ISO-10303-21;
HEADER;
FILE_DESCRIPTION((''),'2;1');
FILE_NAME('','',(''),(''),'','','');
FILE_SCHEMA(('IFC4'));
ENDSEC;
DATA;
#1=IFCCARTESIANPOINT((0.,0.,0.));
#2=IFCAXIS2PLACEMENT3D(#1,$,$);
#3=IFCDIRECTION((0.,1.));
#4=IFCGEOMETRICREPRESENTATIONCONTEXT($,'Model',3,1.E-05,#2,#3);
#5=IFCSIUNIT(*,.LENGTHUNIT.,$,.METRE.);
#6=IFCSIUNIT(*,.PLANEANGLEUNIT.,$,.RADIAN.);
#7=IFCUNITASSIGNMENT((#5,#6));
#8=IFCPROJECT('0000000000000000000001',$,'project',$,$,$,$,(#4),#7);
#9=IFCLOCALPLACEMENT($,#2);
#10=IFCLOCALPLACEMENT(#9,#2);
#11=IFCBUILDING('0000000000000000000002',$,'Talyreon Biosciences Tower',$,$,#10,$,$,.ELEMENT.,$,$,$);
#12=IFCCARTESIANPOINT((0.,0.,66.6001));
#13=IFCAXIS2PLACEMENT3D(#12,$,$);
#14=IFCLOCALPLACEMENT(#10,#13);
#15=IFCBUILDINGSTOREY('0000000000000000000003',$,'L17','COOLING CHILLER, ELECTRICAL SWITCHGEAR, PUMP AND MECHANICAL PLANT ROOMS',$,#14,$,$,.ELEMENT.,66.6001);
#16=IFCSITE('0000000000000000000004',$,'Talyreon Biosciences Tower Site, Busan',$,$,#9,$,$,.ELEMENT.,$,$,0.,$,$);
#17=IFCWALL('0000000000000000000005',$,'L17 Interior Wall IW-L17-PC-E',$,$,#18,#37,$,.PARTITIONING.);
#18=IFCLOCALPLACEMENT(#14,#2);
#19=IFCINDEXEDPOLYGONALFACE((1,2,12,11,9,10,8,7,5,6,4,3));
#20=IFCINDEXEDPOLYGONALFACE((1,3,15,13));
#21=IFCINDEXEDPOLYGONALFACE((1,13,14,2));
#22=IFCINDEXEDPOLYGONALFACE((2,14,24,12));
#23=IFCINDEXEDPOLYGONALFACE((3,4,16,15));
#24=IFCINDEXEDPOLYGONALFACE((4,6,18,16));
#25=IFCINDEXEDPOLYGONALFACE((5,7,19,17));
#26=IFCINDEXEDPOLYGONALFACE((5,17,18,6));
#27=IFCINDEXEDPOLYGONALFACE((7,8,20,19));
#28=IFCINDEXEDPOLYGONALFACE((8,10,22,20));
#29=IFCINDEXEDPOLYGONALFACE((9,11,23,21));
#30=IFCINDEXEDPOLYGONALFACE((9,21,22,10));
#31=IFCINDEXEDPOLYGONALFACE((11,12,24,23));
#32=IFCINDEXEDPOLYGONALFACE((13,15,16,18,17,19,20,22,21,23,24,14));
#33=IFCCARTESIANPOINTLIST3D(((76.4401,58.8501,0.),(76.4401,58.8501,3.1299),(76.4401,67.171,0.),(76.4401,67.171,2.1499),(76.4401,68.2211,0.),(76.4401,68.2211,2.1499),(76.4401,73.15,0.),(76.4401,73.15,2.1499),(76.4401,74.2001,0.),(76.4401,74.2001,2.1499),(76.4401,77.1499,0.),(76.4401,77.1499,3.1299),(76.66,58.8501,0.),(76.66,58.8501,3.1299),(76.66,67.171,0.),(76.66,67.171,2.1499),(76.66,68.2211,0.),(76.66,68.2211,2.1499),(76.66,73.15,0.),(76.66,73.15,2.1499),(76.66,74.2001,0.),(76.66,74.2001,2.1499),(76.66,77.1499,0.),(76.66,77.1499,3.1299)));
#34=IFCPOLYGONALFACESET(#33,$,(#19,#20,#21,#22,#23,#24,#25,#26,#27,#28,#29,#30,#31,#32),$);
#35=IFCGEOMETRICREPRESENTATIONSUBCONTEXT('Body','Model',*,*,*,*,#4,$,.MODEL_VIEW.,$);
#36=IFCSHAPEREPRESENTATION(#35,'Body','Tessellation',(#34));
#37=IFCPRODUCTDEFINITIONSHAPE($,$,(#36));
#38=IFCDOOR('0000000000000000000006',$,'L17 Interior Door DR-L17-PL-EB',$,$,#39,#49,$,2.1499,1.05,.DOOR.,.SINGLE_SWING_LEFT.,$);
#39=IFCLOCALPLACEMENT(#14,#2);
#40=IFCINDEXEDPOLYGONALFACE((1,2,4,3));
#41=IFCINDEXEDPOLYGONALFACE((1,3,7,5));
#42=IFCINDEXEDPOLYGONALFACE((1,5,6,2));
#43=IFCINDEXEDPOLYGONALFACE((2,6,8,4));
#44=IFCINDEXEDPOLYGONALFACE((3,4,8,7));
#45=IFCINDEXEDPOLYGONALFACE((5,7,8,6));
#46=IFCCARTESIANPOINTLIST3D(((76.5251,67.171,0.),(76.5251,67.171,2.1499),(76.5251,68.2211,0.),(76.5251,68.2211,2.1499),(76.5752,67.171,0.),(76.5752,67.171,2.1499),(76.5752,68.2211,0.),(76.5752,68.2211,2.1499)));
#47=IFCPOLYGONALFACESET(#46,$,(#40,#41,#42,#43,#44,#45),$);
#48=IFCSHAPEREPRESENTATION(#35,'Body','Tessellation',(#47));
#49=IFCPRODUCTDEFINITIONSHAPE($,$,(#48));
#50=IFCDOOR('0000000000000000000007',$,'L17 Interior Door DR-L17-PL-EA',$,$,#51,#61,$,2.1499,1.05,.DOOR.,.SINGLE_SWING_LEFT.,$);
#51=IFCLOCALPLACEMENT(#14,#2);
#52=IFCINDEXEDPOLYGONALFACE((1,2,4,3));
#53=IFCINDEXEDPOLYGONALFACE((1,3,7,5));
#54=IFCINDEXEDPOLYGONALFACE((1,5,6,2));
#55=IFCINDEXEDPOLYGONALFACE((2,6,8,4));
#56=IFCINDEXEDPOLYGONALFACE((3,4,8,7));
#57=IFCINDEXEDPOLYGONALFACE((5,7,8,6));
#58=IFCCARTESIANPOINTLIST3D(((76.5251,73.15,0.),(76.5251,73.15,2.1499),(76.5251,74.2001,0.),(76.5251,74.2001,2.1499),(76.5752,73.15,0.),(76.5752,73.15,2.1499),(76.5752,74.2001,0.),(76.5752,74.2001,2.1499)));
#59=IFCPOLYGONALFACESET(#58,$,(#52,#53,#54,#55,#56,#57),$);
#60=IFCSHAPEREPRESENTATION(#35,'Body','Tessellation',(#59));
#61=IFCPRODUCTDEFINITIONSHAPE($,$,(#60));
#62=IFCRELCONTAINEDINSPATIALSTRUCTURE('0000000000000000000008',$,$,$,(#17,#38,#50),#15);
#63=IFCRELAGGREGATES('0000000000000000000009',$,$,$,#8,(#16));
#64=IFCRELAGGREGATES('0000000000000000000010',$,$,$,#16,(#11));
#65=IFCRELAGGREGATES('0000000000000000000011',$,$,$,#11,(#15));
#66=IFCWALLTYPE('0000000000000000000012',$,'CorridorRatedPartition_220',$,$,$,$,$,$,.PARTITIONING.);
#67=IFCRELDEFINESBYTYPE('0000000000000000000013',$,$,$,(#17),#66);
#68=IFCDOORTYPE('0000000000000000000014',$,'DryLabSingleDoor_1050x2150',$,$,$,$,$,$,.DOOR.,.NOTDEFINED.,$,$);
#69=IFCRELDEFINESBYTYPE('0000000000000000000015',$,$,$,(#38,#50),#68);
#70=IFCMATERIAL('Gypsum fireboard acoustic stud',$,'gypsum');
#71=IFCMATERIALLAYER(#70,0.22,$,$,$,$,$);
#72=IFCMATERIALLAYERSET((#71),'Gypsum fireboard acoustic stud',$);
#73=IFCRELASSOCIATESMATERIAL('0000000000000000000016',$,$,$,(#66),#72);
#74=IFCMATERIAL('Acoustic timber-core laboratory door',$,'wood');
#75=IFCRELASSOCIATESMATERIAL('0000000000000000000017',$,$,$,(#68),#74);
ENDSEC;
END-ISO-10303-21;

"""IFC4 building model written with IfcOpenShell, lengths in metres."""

from ifc_helpers import new_model, si_unit, direction, frame, frame_2d, origin, place, context, subcontext, project, spatial, rectangle, extrude, material, layer, layer_set, type_object, element, fill, save


model = new_model("IFC4")

# Units and contexts
model_context = context("Model", 3, precision=1e-05, world=origin(), true_north=direction((0.0, 1.0)))
body_context = subcontext(model_context, "Body", "Model", "MODEL_VIEW")
ifc_project = project(units=[si_unit("LENGTHUNIT", "METRE"), si_unit("PLANEANGLEUNIT", "RADIAN")], contexts=[model_context])

# Site, building, storey
site_placement = place(None, origin())
site = spatial("IfcSite", under=ifc_project, at=site_placement, Name="Talyreon Biosciences Tower Site, Busan", CompositionType="ELEMENT", RefElevation=0.0)
building_placement = place(site_placement, origin())
building = spatial("IfcBuilding", under=site, at=building_placement, Name="Talyreon Biosciences Tower", CompositionType="ELEMENT")
storey_placement = place(building_placement, frame((0.0, 0.0, 66.6001)))
storey = spatial("IfcBuildingStorey", under=building, at=storey_placement, Name="L17", Description="COOLING CHILLER, ELECTRICAL SWITCHGEAR, PUMP AND MECHANICAL PLANT ROOMS", CompositionType="ELEMENT", Elevation=66.6001)

# Shared definitions
ifc_material_1 = material(Name="Gypsum fireboard acoustic stud", Category="gypsum")
ifc_layer_1 = layer(ifc_material_1, 0.22)
ifc_layer_set_1 = layer_set([ifc_layer_1], Name="Gypsum fireboard acoustic stud")
wall_type = type_object("IfcWallType", Name="CorridorRatedPartition_220", PredefinedType="PARTITIONING", material=ifc_layer_set_1)

# Wall, openings, doors
wall_1_placement = place(storey_placement, frame((76.55, 58.8501, 0.0), z_axis=(0.0, 0.0, 1.0), x_axis=(0.0, 1.0, 0.0)))
wall_1 = element("IfcWall", 1, at=wall_1_placement, inside=storey, type_object=wall_type, Name="L17 Interior Wall IW-L17-PC-E", PredefinedType="PARTITIONING", context=body_context, shape_type="SweptSolid", body=[
    extrude(rectangle(XDim=18.2998, YDim=0.22, at=frame_2d((9.1499, 0.0))), origin(), (0.0, 0.0, 1.0), 3.1299),
])
opening_1_placement = place(wall_1_placement, frame((8.321, 0.0, 0.0)))
opening_1 = element("IfcOpeningElement", 2, at=opening_1_placement, cuts=wall_1, PredefinedType="OPENING", context=body_context, shape_type="SweptSolid", body=[
    extrude(rectangle(XDim=1.05, YDim=2.1499, at=frame_2d((0.5249, 1.075))), frame((0.0, 0.1199, 0.0), z_axis=(0.0, -1.0, 0.0), x_axis=(1.0, 0.0, 0.0)), (0.0, 0.0, 1.0), 0.24),
])
opening_2_placement = place(wall_1_placement, frame((14.3, 0.0, 0.0)))
opening_2 = element("IfcOpeningElement", 3, at=opening_2_placement, cuts=wall_1, PredefinedType="OPENING", context=body_context, shape_type="SweptSolid", body=[
    extrude(rectangle(XDim=1.05, YDim=2.1499, at=frame_2d((0.5249, 1.075))), frame((0.0, 0.1199, 0.0), z_axis=(0.0, -1.0, 0.0), x_axis=(1.0, 0.0, 0.0)), (0.0, 0.0, 1.0), 0.24),
])
ifc_material_2 = material(Name="Acoustic timber-core laboratory door", Category="wood")
door_type = type_object("IfcDoorType", Name="DryLabSingleDoor_1050x2150", OperationType="NOTDEFINED", PredefinedType="DOOR", material=ifc_material_2)
door_1_placement = place(opening_1_placement, origin())
door_1 = element("IfcDoor", 4, at=door_1_placement, inside=storey, type_object=door_type, Name="L17 Interior Door DR-L17-PL-EB", OperationType="SINGLE_SWING_LEFT", OverallHeight=2.1499, OverallWidth=1.05, PredefinedType="DOOR", context=body_context, shape_type="SweptSolid", body=[
    extrude(rectangle(XDim=1.05, YDim=2.1499, at=frame_2d((0.5249, 1.075))), frame((0.0, 0.0249, 0.0), z_axis=(0.0, -1.0, 0.0), x_axis=(1.0, 0.0, 0.0)), (0.0, 0.0, 1.0), 0.05),
])
fill(opening_1, door_1)
door_2_placement = place(opening_2_placement, origin())
door_2 = element("IfcDoor", 5, at=door_2_placement, inside=storey, type_object=door_type, Name="L17 Interior Door DR-L17-PL-EA", OperationType="SINGLE_SWING_LEFT", OverallHeight=2.1499, OverallWidth=1.05, PredefinedType="DOOR", context=body_context, shape_type="SweptSolid", body=[
    extrude(rectangle(XDim=1.05, YDim=2.1499, at=frame_2d((0.5249, 1.075))), frame((0.0, 0.0249, 0.0), z_axis=(0.0, -1.0, 0.0), x_axis=(1.0, 0.0, 0.0)), (0.0, 0.0, 1.0), 0.05),
])
fill(opening_2, door_2)

save(model, "model.ifc")
